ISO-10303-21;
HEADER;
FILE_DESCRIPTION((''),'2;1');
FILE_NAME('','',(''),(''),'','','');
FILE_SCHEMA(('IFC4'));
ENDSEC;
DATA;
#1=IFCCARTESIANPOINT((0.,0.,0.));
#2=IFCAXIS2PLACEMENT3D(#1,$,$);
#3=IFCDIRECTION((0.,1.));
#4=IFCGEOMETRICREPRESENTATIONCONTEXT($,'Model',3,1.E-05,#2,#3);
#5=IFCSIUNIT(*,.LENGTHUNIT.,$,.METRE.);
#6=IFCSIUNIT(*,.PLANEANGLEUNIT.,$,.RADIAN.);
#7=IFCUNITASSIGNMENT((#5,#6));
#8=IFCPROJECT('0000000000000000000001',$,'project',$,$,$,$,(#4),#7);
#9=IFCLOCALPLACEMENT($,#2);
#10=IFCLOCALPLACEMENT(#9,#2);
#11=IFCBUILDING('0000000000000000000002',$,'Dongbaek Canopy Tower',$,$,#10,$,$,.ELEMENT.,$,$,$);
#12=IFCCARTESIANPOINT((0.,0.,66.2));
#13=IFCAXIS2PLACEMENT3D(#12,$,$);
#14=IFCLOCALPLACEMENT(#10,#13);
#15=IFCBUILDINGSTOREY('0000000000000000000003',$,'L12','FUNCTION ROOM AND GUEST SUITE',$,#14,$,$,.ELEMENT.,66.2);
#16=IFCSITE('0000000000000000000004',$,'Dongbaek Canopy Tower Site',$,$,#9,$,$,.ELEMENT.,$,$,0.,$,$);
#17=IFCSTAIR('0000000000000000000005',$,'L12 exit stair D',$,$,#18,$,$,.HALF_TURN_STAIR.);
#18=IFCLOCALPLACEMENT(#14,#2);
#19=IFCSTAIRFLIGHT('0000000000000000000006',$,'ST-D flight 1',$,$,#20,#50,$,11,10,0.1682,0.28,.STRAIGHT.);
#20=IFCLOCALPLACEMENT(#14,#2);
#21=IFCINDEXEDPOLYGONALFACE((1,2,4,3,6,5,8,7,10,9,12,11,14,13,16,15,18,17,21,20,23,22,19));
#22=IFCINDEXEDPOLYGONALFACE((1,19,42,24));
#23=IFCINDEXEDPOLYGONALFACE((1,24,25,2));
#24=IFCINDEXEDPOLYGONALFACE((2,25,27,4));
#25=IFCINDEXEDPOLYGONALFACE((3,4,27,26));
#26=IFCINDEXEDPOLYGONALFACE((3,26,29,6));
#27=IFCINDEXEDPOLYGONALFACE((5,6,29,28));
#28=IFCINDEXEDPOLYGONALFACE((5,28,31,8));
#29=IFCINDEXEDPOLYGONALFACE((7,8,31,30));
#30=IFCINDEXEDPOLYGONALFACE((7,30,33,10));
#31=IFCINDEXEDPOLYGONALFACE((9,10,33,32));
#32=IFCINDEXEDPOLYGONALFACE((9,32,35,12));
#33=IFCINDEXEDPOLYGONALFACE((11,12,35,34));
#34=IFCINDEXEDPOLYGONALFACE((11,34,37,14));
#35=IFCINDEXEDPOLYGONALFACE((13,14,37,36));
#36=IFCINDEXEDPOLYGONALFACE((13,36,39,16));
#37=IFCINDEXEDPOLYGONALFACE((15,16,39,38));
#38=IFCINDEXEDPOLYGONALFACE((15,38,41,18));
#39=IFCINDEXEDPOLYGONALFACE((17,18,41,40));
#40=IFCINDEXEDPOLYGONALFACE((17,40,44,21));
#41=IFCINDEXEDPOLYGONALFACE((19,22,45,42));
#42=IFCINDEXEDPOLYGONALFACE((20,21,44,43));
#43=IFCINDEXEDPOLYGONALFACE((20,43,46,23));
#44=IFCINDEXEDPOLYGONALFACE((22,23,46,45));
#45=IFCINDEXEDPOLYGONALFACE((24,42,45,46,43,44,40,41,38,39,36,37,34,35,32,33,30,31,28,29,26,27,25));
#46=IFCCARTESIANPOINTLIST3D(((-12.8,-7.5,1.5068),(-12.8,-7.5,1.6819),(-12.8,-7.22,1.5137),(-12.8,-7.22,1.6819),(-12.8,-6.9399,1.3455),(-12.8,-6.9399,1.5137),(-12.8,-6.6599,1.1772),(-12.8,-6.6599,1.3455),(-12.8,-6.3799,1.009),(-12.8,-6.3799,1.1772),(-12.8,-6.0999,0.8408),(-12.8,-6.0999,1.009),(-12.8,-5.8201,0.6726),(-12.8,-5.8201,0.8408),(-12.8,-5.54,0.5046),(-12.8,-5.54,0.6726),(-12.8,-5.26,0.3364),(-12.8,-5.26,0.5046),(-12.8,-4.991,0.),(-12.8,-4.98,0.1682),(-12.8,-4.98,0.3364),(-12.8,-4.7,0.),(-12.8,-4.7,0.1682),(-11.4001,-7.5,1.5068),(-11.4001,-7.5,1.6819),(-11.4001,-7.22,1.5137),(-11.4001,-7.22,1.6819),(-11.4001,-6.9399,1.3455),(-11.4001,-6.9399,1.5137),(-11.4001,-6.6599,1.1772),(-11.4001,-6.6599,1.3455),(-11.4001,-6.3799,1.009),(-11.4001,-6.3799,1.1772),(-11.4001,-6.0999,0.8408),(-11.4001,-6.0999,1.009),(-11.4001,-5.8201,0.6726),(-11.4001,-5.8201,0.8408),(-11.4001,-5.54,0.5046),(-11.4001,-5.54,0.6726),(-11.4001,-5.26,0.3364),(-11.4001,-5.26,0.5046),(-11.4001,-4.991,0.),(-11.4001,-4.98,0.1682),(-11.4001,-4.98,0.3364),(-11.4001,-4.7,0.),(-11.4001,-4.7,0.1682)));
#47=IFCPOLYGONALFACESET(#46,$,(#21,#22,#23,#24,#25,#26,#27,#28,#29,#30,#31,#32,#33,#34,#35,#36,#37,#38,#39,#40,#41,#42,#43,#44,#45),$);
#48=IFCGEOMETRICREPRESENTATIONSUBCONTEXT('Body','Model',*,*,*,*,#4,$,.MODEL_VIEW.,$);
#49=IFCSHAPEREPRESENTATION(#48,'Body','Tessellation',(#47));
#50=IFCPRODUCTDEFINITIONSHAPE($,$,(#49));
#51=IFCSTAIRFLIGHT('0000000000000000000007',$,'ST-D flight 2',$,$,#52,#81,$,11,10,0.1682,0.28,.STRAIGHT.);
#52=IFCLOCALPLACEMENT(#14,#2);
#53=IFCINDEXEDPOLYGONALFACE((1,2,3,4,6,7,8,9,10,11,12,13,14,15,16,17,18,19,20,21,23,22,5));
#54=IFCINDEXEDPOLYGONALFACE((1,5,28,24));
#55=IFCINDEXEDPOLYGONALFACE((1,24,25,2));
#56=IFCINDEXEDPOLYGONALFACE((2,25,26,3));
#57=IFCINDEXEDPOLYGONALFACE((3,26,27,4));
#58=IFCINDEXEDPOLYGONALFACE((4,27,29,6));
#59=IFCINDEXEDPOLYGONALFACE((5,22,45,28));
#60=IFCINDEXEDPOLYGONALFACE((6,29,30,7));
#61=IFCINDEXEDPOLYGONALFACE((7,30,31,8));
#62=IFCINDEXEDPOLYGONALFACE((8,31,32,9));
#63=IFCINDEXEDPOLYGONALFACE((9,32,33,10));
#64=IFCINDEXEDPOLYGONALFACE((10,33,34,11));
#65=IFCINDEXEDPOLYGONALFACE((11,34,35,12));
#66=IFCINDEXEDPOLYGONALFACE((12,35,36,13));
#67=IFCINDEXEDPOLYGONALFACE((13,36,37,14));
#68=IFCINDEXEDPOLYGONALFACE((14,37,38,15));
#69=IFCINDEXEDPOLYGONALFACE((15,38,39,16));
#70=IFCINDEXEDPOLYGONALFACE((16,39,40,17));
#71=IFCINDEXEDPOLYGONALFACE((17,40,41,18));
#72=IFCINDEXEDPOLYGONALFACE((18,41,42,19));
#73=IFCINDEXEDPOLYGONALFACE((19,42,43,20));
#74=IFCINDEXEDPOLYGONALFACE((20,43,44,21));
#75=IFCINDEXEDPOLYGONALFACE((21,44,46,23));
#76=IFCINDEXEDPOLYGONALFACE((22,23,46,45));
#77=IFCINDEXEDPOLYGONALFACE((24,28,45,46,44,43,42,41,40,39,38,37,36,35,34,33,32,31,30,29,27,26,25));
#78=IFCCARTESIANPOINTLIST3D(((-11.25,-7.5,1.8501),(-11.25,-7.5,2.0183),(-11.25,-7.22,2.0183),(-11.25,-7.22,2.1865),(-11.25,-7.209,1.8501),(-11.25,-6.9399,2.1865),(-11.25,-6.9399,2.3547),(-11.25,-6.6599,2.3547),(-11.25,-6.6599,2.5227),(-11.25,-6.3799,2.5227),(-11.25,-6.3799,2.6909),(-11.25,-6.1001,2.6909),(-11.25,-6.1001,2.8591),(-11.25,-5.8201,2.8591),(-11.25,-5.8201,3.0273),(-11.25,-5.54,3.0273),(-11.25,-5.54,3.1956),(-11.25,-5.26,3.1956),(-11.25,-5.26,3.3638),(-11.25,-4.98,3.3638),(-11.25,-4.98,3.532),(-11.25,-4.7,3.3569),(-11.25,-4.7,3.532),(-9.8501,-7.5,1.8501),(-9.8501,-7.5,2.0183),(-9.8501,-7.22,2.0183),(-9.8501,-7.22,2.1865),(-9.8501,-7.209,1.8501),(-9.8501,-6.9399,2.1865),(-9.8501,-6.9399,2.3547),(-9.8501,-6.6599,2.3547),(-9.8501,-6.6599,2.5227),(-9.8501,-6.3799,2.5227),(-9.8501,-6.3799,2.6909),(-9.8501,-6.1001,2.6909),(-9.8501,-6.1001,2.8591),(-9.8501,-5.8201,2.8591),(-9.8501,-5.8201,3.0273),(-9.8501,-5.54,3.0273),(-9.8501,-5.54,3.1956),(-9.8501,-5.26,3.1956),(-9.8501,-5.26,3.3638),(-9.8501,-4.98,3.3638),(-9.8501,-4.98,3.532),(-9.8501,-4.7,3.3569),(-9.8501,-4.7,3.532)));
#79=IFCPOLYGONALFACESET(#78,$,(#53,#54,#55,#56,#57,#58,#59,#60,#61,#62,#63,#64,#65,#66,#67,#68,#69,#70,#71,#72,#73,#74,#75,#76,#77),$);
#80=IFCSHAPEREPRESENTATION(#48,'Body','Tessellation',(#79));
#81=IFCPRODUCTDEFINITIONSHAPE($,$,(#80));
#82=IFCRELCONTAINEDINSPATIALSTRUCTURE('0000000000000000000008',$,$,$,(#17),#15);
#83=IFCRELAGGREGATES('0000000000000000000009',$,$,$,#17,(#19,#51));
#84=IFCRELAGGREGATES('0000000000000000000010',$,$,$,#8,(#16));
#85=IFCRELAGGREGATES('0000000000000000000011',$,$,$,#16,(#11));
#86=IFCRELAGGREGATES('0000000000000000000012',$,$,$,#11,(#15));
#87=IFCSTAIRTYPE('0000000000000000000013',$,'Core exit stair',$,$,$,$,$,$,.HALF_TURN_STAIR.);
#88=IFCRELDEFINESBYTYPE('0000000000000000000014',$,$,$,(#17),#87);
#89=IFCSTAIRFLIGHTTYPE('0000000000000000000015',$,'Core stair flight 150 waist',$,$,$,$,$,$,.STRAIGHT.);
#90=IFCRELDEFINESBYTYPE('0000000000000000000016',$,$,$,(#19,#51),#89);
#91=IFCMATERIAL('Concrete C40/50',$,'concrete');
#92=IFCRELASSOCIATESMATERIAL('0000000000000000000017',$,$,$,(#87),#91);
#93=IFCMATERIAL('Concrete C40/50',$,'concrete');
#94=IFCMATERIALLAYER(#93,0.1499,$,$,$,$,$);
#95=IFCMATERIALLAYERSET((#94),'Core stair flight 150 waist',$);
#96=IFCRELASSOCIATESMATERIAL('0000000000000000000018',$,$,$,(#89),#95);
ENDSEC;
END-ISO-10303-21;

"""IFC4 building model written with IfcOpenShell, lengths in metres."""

from ifc_helpers import new_model, si_unit, direction, frame, origin, place, context, subcontext, project, spatial, polyline, outline, extrude, material, layer, layer_set, type_object, element, aggregate, save


model = new_model("IFC4")

# Units and contexts
model_context = context("Model", 3, precision=1e-05, world=origin(), true_north=direction((0.0, 1.0)))
body_context = subcontext(model_context, "Body", "Model", "MODEL_VIEW")
ifc_project = project(units=[si_unit("LENGTHUNIT", "METRE"), si_unit("PLANEANGLEUNIT", "RADIAN")], contexts=[model_context])

# Site, building, storey
site_placement = place(None, origin())
site = spatial("IfcSite", under=ifc_project, at=site_placement, Name="Dongbaek Canopy Tower Site", CompositionType="ELEMENT", RefElevation=0.0)
building_placement = place(site_placement, origin())
building = spatial("IfcBuilding", under=site, at=building_placement, Name="Dongbaek Canopy Tower", CompositionType="ELEMENT")
storey_placement = place(building_placement, frame((0.0, 0.0, 66.2)))
storey = spatial("IfcBuildingStorey", under=building, at=storey_placement, Name="L12", Description="FUNCTION ROOM AND GUEST SUITE", CompositionType="ELEMENT", Elevation=66.2)

# Stair, stair flights
ifc_material_1 = material(Name="Concrete C40/50", Category="concrete")
stair_type = type_object("IfcStairType", Name="Core exit stair", PredefinedType="HALF_TURN_STAIR", material=ifc_material_1)
stair_placement = place(storey_placement, origin())
stair = element("IfcStair", 1, at=stair_placement, inside=storey, type_object=stair_type, Name="L12 exit stair D", PredefinedType="HALF_TURN_STAIR")
ifc_material_2 = material(Name="Concrete C40/50", Category="concrete")
ifc_layer_1 = layer(ifc_material_2, 0.1499)
ifc_layer_set_1 = layer_set([ifc_layer_1], Name="Core stair flight 150 waist")
stair_flight_type = type_object("IfcStairFlightType", Name="Core stair flight 150 waist", PredefinedType="STRAIGHT", material=ifc_layer_set_1)
stair_flight_1_placement = place(storey_placement, frame((-12.1001, -4.7, 0.0), z_axis=(0.0, 0.0, 1.0), x_axis=(0.0, -1.0, 0.0)))
stair_flight_1 = element("IfcStairFlight", 2, at=stair_flight_1_placement, type_object=stair_flight_type, Name="ST-D flight 1", NumberOfRisers=11, NumberOfTreads=10, PredefinedType="STRAIGHT", RiserHeight=0.1682, TreadLength=0.28, context=body_context, shape_type="SweptSolid", body=[
    extrude(outline(polyline([(0.0, 0.0), (0.0, 0.1682), (0.28, 0.1682), (0.28, 0.3364), (0.5601, 0.3364), (0.5601, 0.5046), (0.8401, 0.5046), (0.8401, 0.6726), (1.1201, 0.6726), (1.1201, 0.8408), (1.3999, 0.8408), (1.3999, 1.009), (1.6799, 1.009), (1.6799, 1.1772), (1.96, 1.1772), (1.96, 1.3455), (2.24, 1.3455), (2.24, 1.5137), (2.52, 1.5137), (2.52, 1.6819), (2.8, 1.6819), (2.8, 1.8501), (2.8, 1.5068), (0.291, 0.0), (0.0, 0.0)])), frame((0.0, 0.7, 0.0), z_axis=(0.0, -1.0, 0.0), x_axis=(1.0, 0.0, 0.0)), (0.0, 0.0, 1.0), 1.3999),
])
stair_flight_2_placement = place(storey_placement, frame((-10.55, -7.5, 1.8501), z_axis=(0.0, 0.0, 1.0), x_axis=(0.0, 1.0, 0.0)))
stair_flight_2 = element("IfcStairFlight", 3, at=stair_flight_2_placement, type_object=stair_flight_type, Name="ST-D flight 2", NumberOfRisers=11, NumberOfTreads=10, PredefinedType="STRAIGHT", RiserHeight=0.1682, TreadLength=0.28, context=body_context, shape_type="SweptSolid", body=[
    extrude(outline(polyline([(0.0, 0.0), (0.0, 0.1682), (0.28, 0.1682), (0.28, 0.3364), (0.5601, 0.3364), (0.5601, 0.5046), (0.8401, 0.5046), (0.8401, 0.6726), (1.1201, 0.6726), (1.1201, 0.8408), (1.3999, 0.8408), (1.3999, 1.009), (1.6799, 1.009), (1.6799, 1.1772), (1.96, 1.1772), (1.96, 1.3455), (2.24, 1.3455), (2.24, 1.5137), (2.52, 1.5137), (2.52, 1.6819), (2.8, 1.6819), (2.8, 1.8501), (2.8, 1.5068), (0.291, 0.0), (0.0, 0.0)])), frame((0.0, 0.7, 0.0), z_axis=(0.0, -1.0, 0.0), x_axis=(1.0, 0.0, 0.0)), (0.0, 0.0, 1.0), 1.3999),
])
aggregate(stair, [stair_flight_1, stair_flight_2])

save(model, "model.ifc")
